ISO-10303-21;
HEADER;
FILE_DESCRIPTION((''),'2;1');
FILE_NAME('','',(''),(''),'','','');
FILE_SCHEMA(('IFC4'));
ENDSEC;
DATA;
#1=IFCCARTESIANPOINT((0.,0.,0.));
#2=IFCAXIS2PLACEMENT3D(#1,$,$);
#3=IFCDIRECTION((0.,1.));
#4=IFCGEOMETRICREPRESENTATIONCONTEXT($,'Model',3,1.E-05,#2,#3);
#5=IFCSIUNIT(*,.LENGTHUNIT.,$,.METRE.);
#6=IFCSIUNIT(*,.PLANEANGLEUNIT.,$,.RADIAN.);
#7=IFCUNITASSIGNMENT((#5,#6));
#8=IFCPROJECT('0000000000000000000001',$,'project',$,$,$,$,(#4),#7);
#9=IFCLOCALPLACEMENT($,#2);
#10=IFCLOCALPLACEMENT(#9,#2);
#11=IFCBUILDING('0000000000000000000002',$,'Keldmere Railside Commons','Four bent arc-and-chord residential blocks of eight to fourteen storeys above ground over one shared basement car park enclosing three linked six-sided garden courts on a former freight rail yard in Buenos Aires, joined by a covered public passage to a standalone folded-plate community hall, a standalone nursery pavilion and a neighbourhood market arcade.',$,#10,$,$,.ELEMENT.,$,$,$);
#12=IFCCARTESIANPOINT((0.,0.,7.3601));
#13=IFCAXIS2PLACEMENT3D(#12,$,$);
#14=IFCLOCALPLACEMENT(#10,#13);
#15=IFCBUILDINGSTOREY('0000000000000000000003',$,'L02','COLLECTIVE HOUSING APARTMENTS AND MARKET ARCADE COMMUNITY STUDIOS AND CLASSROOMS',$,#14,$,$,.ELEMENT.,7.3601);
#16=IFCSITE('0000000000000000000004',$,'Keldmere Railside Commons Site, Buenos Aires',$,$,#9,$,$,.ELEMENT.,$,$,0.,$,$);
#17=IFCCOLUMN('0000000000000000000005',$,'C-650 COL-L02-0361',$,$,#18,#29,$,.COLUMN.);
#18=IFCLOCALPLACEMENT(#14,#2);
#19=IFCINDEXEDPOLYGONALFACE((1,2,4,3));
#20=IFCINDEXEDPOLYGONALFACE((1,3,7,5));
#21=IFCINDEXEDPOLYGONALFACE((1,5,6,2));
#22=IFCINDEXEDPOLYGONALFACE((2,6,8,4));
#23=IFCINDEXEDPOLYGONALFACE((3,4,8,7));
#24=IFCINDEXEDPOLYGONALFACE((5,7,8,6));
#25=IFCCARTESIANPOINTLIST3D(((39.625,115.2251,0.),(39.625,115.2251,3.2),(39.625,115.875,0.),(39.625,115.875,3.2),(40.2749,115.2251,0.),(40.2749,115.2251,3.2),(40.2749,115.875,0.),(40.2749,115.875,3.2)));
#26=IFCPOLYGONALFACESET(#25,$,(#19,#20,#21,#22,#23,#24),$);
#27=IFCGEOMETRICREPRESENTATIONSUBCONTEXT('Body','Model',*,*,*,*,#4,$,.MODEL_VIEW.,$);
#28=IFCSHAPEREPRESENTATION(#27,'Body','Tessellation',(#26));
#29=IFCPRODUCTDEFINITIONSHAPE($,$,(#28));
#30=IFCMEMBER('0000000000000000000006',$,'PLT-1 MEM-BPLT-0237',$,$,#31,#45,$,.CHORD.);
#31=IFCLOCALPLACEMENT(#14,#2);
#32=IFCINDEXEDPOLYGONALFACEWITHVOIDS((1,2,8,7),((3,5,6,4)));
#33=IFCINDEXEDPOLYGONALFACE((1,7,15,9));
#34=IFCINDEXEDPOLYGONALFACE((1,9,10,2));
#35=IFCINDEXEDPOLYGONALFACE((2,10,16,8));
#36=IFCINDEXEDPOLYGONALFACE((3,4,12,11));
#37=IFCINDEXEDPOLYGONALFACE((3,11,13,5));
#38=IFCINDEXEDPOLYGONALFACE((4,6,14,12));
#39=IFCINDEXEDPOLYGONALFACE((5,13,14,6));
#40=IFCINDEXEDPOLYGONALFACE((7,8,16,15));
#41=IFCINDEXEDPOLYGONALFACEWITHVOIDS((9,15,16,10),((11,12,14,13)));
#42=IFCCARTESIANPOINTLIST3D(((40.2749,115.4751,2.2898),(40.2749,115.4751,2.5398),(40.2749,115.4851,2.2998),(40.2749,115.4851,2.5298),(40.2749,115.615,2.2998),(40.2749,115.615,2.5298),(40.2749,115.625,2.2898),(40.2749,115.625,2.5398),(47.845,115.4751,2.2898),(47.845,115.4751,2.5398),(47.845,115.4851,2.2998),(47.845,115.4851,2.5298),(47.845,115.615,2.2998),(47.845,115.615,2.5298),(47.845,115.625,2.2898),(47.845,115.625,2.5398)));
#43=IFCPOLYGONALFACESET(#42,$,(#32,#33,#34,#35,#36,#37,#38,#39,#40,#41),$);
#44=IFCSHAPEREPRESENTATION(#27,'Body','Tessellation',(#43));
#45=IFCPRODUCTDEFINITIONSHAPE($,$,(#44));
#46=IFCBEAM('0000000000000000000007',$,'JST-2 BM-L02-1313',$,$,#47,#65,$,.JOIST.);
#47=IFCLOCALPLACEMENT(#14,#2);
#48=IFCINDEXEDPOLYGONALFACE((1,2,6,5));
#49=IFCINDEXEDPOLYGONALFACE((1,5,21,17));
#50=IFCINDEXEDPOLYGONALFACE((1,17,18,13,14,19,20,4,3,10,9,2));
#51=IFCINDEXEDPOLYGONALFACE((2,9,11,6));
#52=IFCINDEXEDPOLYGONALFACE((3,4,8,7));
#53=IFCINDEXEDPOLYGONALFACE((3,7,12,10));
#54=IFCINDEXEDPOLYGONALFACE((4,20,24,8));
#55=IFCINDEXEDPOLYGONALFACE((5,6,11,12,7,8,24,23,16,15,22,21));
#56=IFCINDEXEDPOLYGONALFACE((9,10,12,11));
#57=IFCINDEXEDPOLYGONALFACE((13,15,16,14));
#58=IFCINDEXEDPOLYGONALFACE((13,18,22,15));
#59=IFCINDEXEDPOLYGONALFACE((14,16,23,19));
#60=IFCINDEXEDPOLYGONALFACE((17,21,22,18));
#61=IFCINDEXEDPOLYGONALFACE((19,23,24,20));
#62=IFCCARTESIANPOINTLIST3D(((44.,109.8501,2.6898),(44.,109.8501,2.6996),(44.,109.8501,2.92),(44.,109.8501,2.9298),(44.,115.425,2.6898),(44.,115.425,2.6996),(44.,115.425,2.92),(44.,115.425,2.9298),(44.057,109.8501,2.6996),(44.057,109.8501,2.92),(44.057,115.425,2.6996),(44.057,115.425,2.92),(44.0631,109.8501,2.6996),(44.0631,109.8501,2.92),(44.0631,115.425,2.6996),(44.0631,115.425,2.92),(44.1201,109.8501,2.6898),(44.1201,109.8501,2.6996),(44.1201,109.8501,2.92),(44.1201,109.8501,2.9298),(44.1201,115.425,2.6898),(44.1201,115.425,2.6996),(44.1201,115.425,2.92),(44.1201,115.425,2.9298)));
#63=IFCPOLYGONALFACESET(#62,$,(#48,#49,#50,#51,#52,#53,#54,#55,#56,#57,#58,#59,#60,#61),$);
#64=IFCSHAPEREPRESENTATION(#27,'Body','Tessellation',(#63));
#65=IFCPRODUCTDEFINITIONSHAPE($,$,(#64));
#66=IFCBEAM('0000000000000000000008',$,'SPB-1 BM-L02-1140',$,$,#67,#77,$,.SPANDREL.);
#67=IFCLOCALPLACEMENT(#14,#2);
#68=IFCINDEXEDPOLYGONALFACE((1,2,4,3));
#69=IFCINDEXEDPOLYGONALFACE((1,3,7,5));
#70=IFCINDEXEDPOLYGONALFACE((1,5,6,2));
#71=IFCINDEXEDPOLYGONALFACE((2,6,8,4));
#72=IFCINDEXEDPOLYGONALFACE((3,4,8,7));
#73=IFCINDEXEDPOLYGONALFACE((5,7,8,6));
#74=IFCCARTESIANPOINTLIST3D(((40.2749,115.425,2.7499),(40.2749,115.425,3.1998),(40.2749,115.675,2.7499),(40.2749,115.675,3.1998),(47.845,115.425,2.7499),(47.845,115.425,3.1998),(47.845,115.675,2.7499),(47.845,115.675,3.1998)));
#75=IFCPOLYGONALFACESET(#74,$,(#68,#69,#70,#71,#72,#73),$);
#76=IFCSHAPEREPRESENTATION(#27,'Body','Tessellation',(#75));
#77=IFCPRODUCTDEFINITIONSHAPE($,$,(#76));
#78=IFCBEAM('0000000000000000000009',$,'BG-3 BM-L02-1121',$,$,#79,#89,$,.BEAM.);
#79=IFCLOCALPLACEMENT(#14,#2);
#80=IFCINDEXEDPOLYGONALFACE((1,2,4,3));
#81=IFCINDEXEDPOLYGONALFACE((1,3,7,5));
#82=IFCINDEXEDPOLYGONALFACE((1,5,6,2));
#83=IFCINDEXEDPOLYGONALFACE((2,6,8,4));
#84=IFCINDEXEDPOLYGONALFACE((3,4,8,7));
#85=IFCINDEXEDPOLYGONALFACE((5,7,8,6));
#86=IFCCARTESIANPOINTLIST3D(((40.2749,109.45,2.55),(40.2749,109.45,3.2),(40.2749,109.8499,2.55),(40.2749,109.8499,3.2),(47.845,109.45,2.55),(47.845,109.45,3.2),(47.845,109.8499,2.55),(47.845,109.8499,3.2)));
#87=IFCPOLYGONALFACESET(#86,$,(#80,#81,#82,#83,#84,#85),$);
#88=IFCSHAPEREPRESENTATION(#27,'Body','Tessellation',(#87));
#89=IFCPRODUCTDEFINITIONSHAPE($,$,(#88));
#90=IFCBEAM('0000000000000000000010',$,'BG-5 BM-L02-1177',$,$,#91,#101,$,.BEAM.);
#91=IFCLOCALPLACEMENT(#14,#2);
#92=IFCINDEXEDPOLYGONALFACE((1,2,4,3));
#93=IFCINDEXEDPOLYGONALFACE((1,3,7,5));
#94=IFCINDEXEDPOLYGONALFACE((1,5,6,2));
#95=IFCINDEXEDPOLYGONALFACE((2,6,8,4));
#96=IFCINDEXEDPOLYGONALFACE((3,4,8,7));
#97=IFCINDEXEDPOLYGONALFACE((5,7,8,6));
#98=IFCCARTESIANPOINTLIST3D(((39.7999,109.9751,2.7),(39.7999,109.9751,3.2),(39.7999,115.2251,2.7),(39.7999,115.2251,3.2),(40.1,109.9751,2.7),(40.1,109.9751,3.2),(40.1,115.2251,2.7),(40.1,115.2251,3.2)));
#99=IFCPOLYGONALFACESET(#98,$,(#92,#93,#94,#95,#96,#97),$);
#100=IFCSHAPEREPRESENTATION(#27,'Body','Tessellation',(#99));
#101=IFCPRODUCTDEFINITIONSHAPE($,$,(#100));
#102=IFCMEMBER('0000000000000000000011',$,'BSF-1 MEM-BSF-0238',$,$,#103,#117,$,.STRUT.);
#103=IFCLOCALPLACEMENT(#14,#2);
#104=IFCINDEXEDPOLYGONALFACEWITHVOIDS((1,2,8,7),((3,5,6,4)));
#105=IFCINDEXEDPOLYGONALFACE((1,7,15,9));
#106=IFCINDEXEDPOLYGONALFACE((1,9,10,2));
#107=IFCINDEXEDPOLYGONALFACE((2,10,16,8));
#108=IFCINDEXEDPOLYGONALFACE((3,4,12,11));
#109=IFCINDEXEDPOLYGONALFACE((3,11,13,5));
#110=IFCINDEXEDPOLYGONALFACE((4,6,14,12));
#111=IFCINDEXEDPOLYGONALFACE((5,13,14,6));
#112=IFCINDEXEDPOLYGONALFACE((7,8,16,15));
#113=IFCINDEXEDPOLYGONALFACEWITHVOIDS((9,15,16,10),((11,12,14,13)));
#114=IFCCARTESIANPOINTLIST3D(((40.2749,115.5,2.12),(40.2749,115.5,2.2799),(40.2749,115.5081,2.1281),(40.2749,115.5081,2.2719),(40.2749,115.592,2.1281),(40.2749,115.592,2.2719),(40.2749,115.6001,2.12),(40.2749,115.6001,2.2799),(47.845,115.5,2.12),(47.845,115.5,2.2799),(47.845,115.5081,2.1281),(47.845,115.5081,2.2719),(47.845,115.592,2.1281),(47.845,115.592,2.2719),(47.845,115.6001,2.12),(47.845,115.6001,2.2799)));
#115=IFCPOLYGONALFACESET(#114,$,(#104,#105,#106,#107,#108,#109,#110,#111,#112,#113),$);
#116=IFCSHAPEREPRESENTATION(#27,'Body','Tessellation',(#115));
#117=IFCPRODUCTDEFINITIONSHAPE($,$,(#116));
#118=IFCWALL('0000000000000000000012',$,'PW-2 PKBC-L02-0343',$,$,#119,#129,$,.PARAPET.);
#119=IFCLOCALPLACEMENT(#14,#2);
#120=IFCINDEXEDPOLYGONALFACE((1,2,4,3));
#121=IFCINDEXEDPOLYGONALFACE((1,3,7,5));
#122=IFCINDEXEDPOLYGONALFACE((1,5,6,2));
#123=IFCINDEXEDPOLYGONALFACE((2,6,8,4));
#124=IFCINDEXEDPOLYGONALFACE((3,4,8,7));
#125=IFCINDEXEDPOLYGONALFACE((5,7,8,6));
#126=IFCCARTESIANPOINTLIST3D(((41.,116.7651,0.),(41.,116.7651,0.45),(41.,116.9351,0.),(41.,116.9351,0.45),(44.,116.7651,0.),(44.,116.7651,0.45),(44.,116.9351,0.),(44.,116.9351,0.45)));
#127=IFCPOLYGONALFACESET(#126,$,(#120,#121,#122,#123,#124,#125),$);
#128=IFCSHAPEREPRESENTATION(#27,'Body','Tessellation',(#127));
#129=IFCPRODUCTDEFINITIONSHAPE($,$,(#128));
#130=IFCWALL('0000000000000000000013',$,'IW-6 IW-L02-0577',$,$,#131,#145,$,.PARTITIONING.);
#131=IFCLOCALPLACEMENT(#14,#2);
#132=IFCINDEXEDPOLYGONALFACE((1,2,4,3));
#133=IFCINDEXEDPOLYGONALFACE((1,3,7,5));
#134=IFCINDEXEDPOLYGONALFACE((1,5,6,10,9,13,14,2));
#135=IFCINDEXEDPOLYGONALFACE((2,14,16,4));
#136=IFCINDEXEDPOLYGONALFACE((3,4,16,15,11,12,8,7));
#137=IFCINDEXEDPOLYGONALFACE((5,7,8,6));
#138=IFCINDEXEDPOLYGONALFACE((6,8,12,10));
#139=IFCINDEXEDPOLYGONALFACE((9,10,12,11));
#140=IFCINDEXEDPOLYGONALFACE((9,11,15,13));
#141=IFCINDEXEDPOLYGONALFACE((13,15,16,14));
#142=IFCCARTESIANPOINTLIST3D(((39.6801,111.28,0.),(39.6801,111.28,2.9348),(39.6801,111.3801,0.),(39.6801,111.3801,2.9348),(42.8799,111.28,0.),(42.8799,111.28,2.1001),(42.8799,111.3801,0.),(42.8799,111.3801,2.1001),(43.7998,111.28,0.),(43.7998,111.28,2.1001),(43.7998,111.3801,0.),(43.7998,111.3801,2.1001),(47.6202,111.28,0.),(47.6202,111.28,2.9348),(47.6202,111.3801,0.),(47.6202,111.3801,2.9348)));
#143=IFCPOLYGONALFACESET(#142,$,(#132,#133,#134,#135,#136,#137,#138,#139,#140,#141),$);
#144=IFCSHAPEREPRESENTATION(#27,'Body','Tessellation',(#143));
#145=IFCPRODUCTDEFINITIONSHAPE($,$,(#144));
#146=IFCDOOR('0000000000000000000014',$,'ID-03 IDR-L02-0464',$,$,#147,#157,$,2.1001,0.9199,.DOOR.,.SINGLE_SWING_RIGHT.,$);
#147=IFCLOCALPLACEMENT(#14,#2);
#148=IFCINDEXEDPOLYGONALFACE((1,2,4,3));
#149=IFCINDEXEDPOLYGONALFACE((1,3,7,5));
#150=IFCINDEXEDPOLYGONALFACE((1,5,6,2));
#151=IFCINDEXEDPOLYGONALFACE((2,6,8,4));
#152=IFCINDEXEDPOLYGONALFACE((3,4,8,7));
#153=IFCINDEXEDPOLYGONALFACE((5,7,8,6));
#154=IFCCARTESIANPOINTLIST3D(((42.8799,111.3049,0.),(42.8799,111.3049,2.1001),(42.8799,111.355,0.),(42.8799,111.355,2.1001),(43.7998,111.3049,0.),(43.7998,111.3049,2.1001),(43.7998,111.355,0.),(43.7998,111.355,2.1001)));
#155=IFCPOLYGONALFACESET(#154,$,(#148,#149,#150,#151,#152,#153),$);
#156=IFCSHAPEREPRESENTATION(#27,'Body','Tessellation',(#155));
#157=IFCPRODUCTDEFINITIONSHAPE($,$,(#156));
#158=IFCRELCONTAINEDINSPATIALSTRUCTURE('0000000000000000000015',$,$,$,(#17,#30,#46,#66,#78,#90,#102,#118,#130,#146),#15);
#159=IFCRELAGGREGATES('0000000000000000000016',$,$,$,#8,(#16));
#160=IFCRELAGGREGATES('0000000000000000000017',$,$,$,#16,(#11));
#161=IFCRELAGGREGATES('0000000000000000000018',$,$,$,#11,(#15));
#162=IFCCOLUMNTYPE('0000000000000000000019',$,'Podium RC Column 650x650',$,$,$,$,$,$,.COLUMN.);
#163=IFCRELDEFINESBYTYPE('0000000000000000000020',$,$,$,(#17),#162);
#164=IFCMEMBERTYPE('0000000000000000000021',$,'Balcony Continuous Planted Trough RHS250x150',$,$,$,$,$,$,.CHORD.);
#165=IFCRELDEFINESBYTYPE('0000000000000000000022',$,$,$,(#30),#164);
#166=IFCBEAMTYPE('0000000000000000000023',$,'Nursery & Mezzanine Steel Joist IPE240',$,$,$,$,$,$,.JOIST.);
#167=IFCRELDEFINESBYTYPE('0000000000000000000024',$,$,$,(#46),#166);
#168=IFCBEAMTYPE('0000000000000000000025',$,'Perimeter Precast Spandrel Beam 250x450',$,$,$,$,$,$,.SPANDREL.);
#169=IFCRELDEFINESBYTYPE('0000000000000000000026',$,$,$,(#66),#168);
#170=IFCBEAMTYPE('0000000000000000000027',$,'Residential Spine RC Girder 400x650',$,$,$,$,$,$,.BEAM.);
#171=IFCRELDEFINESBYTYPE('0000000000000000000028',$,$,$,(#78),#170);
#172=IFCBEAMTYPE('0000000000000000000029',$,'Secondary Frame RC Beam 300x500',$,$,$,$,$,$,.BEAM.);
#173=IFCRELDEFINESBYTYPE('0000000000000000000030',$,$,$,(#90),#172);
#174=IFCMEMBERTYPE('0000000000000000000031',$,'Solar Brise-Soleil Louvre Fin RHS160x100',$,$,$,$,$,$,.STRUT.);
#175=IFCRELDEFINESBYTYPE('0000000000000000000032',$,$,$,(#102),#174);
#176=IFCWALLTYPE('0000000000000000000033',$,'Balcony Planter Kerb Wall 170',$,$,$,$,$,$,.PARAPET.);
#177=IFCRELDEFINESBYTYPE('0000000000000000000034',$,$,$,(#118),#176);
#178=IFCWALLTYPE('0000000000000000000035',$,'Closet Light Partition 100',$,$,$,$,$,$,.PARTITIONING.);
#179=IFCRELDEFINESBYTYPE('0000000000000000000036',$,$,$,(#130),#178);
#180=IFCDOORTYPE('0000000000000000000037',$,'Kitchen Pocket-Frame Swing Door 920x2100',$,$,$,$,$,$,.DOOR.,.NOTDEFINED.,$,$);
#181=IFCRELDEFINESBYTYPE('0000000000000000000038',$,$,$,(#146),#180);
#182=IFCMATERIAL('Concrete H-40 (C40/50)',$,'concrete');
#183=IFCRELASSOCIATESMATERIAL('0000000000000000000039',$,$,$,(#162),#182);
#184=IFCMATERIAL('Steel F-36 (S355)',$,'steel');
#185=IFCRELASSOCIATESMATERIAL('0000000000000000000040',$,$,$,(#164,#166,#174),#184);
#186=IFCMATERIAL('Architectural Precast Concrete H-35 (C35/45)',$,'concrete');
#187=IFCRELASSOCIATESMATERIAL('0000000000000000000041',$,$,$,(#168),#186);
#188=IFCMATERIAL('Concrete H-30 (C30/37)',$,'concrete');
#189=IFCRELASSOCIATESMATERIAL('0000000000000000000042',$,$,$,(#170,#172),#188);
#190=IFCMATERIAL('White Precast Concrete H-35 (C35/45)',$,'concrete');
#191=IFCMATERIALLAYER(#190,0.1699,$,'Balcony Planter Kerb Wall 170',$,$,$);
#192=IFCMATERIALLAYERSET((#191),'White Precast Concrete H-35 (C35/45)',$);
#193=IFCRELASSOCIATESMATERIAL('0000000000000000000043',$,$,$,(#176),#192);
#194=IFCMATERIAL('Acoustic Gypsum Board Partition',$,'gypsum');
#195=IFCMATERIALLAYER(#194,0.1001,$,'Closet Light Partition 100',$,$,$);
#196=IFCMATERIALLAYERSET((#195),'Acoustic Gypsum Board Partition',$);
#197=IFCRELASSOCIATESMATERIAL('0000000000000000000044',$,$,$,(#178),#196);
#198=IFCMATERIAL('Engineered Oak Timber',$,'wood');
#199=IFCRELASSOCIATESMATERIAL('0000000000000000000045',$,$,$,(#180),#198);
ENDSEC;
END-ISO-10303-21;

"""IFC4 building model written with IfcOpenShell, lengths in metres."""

from ifc_helpers import new_model, si_unit, direction, frame, frame_2d, origin, origin_2d, place, context, subcontext, project, spatial, rectangle, hollow_rectangle, i_section, extrude, material, layer, layer_set, material_profile, profile_set, type_object, element, fill, save


model = new_model("IFC4")

# Units and contexts
model_context = context("Model", 3, precision=1e-05, world=origin(), true_north=direction((0.0, 1.0)))
body_context = subcontext(model_context, "Body", "Model", "MODEL_VIEW")
ifc_project = project(units=[si_unit("LENGTHUNIT", "METRE"), si_unit("PLANEANGLEUNIT", "RADIAN")], contexts=[model_context])

# Site, building, storey
site_placement = place(None, origin())
site = spatial("IfcSite", under=ifc_project, at=site_placement, Name="Keldmere Railside Commons Site, Buenos Aires", CompositionType="ELEMENT", RefElevation=0.0)
building_placement = place(site_placement, origin())
building = spatial("IfcBuilding", under=site, at=building_placement, Name="Keldmere Railside Commons", Description="Four bent arc-and-chord residential blocks of eight to fourteen storeys above ground over one shared basement car park enclosing three linked six-sided garden courts on a former freight rail yard in Buenos Aires, joined by a covered public passage to a standalone folded-plate community hall, a standalone nursery pavilion and a neighbourhood market arcade.", CompositionType="ELEMENT")
storey_placement = place(building_placement, frame((0.0, 0.0, 7.3601)))
storey = spatial("IfcBuildingStorey", under=building, at=storey_placement, Name="L02", Description="COLLECTIVE HOUSING APARTMENTS AND MARKET ARCADE COMMUNITY STUDIOS AND CLASSROOMS", CompositionType="ELEMENT", Elevation=7.3601)

# Column
ifc_material_1 = material(Name="Concrete H-40 (C40/50)", Category="concrete")
ifc_material_profile_1 = material_profile(ifc_material_1, rectangle(XDim=0.6499, YDim=0.6499, at=origin_2d()), Name="RC-650x650")
ifc_profile_set_1 = profile_set([ifc_material_profile_1], Name="Concrete H-40 (C40/50)")
column_type = type_object("IfcColumnType", Name="Podium RC Column 650x650", PredefinedType="COLUMN", material=ifc_profile_set_1)
column_placement = place(storey_placement, frame((39.95, 115.55, 0.0), z_axis=(0.0, 0.0, 1.0), x_axis=(1.0, 0.0, 0.0)))
element("IfcColumn", 1, at=column_placement, inside=storey, type_object=column_type, Name="C-650 COL-L02-0361", PredefinedType="COLUMN", context=body_context, shape_type="SweptSolid", body=[
    extrude(rectangle(XDim=0.6499, YDim=0.6499, at=origin_2d()), origin(), (0.0, 0.0, 1.0), 3.2),
])

# Member
ifc_material_2 = material(Name="Steel F-36 (S355)", Category="steel")
ifc_material_profile_2 = material_profile(ifc_material_2, hollow_rectangle(XDim=0.1499, YDim=0.25, WallThickness=0.01, at=origin_2d()), Name="RHS-250x150x10")
ifc_profile_set_2 = profile_set([ifc_material_profile_2], Name="Steel F-36 (S355)")
member_type_1 = type_object("IfcMemberType", Name="Balcony Continuous Planted Trough RHS250x150", PredefinedType="CHORD", material=ifc_profile_set_2)
member_1_placement = place(storey_placement, frame((40.2749, 115.55, 2.4148), z_axis=(1.0, 0.0, 0.0), x_axis=(0.0, 1.0, 0.0)))
element("IfcMember", 2, at=member_1_placement, inside=storey, type_object=member_type_1, Name="PLT-1 MEM-BPLT-0237", PredefinedType="CHORD", context=body_context, shape_type="SweptSolid", body=[
    extrude(hollow_rectangle(XDim=0.1499, YDim=0.25, WallThickness=0.01, at=origin_2d()), origin(), (0.0, 0.0, 1.0), 7.5701),
])

# Beams
ifc_material_profile_3 = material_profile(ifc_material_2, i_section(OverallWidth=0.1201, OverallDepth=0.24, WebThickness=0.0061, FlangeThickness=0.0098, at=origin_2d()), Name="IPE-240")
ifc_profile_set_3 = profile_set([ifc_material_profile_3], Name="Steel F-36 (S355)")
beam_type_1 = type_object("IfcBeamType", Name="Nursery & Mezzanine Steel Joist IPE240", PredefinedType="JOIST", material=ifc_profile_set_3)
beam_1_placement = place(storey_placement, frame((44.0601, 109.8501, 2.8098), z_axis=(0.0, 1.0, 0.0), x_axis=(-1.0, 0.0, 0.0)))
element("IfcBeam", 3, at=beam_1_placement, inside=storey, type_object=beam_type_1, Name="JST-2 BM-L02-1313", PredefinedType="JOIST", context=body_context, shape_type="SweptSolid", body=[
    extrude(i_section(OverallWidth=0.1201, OverallDepth=0.24, WebThickness=0.0061, FlangeThickness=0.0098, at=origin_2d()), origin(), (0.0, 0.0, 1.0), 5.575),
])
ifc_material_3 = material(Name="Architectural Precast Concrete H-35 (C35/45)", Category="concrete")
ifc_material_profile_4 = material_profile(ifc_material_3, rectangle(XDim=0.25, YDim=0.45, at=origin_2d()), Name="RC-250x450")
ifc_profile_set_4 = profile_set([ifc_material_profile_4], Name="Architectural Precast Concrete H-35 (C35/45)")
beam_type_2 = type_object("IfcBeamType", Name="Perimeter Precast Spandrel Beam 250x450", PredefinedType="SPANDREL", material=ifc_profile_set_4)
beam_2_placement = place(storey_placement, frame((40.2749, 115.55, 2.9749), z_axis=(1.0, 0.0, 0.0), x_axis=(0.0, 1.0, 0.0)))
element("IfcBeam", 4, at=beam_2_placement, inside=storey, type_object=beam_type_2, Name="SPB-1 BM-L02-1140", PredefinedType="SPANDREL", context=body_context, shape_type="SweptSolid", body=[
    extrude(rectangle(XDim=0.25, YDim=0.45, at=origin_2d()), origin(), (0.0, 0.0, 1.0), 7.5701),
])
ifc_material_4 = material(Name="Concrete H-30 (C30/37)", Category="concrete")
ifc_material_profile_5 = material_profile(ifc_material_4, rectangle(XDim=0.3999, YDim=0.6499, at=origin_2d()), Name="RC-400x650")
ifc_profile_set_5 = profile_set([ifc_material_profile_5], Name="Concrete H-30 (C30/37)")
beam_type_3 = type_object("IfcBeamType", Name="Residential Spine RC Girder 400x650", PredefinedType="BEAM", material=ifc_profile_set_5)
beam_3_placement = place(storey_placement, frame((40.2749, 109.6499, 2.875), z_axis=(1.0, 0.0, 0.0), x_axis=(0.0, 1.0, 0.0)))
element("IfcBeam", 5, at=beam_3_placement, inside=storey, type_object=beam_type_3, Name="BG-3 BM-L02-1121", PredefinedType="BEAM", context=body_context, shape_type="SweptSolid", body=[
    extrude(rectangle(XDim=0.3999, YDim=0.6499, at=origin_2d()), origin(), (0.0, 0.0, 1.0), 7.5701),
])
ifc_material_profile_6 = material_profile(ifc_material_4, rectangle(XDim=0.3, YDim=0.5, at=origin_2d()), Name="RC-300x500")
ifc_profile_set_6 = profile_set([ifc_material_profile_6], Name="Concrete H-30 (C30/37)")
beam_type_4 = type_object("IfcBeamType", Name="Secondary Frame RC Beam 300x500", PredefinedType="BEAM", material=ifc_profile_set_6)
beam_4_placement = place(storey_placement, frame((39.95, 109.9751, 2.95), z_axis=(0.0, 1.0, 0.0), x_axis=(-1.0, 0.0, 0.0)))
element("IfcBeam", 6, at=beam_4_placement, inside=storey, type_object=beam_type_4, Name="BG-5 BM-L02-1177", PredefinedType="BEAM", context=body_context, shape_type="SweptSolid", body=[
    extrude(rectangle(XDim=0.3, YDim=0.5, at=origin_2d()), origin(), (0.0, 0.0, 1.0), 5.25),
])

# Member
ifc_material_profile_7 = material_profile(ifc_material_2, hollow_rectangle(XDim=0.1001, YDim=0.1599, WallThickness=0.0081, at=origin_2d()), Name="RHS-160x100x8")
ifc_profile_set_7 = profile_set([ifc_material_profile_7], Name="Steel F-36 (S355)")
member_type_2 = type_object("IfcMemberType", Name="Solar Brise-Soleil Louvre Fin RHS160x100", PredefinedType="STRUT", material=ifc_profile_set_7)
member_2_placement = place(storey_placement, frame((40.2749, 115.55, 2.2), z_axis=(1.0, 0.0, 0.0), x_axis=(0.0, 1.0, 0.0)))
element("IfcMember", 7, at=member_2_placement, inside=storey, type_object=member_type_2, Name="BSF-1 MEM-BSF-0238", PredefinedType="STRUT", context=body_context, shape_type="SweptSolid", body=[
    extrude(hollow_rectangle(XDim=0.1001, YDim=0.1599, WallThickness=0.0081, at=origin_2d()), origin(), (0.0, 0.0, 1.0), 7.5701),
])

# Wall
ifc_material_5 = material(Name="White Precast Concrete H-35 (C35/45)", Category="concrete")
ifc_layer_1 = layer(ifc_material_5, 0.1699, Name="Balcony Planter Kerb Wall 170")
ifc_layer_set_1 = layer_set([ifc_layer_1], Name="White Precast Concrete H-35 (C35/45)")
wall_type_1 = type_object("IfcWallType", Name="Balcony Planter Kerb Wall 170", PredefinedType="PARAPET", material=ifc_layer_set_1)
wall_1_placement = place(storey_placement, frame((41.0, 116.8501, 0.0), z_axis=(0.0, 0.0, 1.0), x_axis=(1.0, 0.0, 0.0)))
element("IfcWall", 8, at=wall_1_placement, inside=storey, type_object=wall_type_1, Name="PW-2 PKBC-L02-0343", PredefinedType="PARAPET", context=body_context, shape_type="SweptSolid", body=[
    extrude(rectangle(XDim=3.0, YDim=0.1699, at=frame_2d((1.5, 0.0))), origin(), (0.0, 0.0, 1.0), 0.45),
])

# Wall, opening, door
ifc_material_6 = material(Name="Acoustic Gypsum Board Partition", Category="gypsum")
ifc_layer_2 = layer(ifc_material_6, 0.1001, Name="Closet Light Partition 100")
ifc_layer_set_2 = layer_set([ifc_layer_2], Name="Acoustic Gypsum Board Partition")
wall_type_2 = type_object("IfcWallType", Name="Closet Light Partition 100", PredefinedType="PARTITIONING", material=ifc_layer_set_2)
wall_2_placement = place(storey_placement, frame((39.6799, 111.3301, 0.0), z_axis=(0.0, 0.0, 1.0), x_axis=(1.0, 0.0, 0.0)))
wall_2 = element("IfcWall", 9, at=wall_2_placement, inside=storey, type_object=wall_type_2, Name="IW-6 IW-L02-0577", PredefinedType="PARTITIONING", context=body_context, shape_type="SweptSolid", body=[
    extrude(rectangle(XDim=7.9402, YDim=0.1001, at=frame_2d((3.9702, 0.0))), origin(), (0.0, 0.0, 1.0), 2.9348),
])
opening_1_placement = place(wall_2_placement, frame((3.2, 0.0, 0.0)))
opening_1 = element("IfcOpeningElement", 10, at=opening_1_placement, cuts=wall_2, PredefinedType="OPENING", context=body_context, shape_type="SweptSolid", body=[
    extrude(rectangle(XDim=0.9199, YDim=2.1001, at=frame_2d((0.46, 1.05))), frame((0.0, 0.0601, 0.0), z_axis=(0.0, -1.0, 0.0), x_axis=(1.0, 0.0, 0.0)), (0.0, 0.0, 1.0), 0.1201),
])
ifc_material_7 = material(Name="Engineered Oak Timber", Category="wood")
door_type_1 = type_object("IfcDoorType", Name="Kitchen Pocket-Frame Swing Door 920x2100", OperationType="NOTDEFINED", PredefinedType="DOOR", material=ifc_material_7)
door_1_placement = place(opening_1_placement, origin())
door_1 = element("IfcDoor", 11, at=door_1_placement, inside=storey, type_object=door_type_1, Name="ID-03 IDR-L02-0464", OperationType="SINGLE_SWING_RIGHT", OverallHeight=2.1001, OverallWidth=0.9199, PredefinedType="DOOR", context=body_context, shape_type="SweptSolid", body=[
    extrude(rectangle(XDim=0.9199, YDim=2.1001, at=frame_2d((0.46, 1.05))), frame((0.0, 0.0249, 0.0), z_axis=(0.0, -1.0, 0.0), x_axis=(1.0, 0.0, 0.0)), (0.0, 0.0, 1.0), 0.05),
])
fill(opening_1, door_1)

save(model, "model.ifc")
